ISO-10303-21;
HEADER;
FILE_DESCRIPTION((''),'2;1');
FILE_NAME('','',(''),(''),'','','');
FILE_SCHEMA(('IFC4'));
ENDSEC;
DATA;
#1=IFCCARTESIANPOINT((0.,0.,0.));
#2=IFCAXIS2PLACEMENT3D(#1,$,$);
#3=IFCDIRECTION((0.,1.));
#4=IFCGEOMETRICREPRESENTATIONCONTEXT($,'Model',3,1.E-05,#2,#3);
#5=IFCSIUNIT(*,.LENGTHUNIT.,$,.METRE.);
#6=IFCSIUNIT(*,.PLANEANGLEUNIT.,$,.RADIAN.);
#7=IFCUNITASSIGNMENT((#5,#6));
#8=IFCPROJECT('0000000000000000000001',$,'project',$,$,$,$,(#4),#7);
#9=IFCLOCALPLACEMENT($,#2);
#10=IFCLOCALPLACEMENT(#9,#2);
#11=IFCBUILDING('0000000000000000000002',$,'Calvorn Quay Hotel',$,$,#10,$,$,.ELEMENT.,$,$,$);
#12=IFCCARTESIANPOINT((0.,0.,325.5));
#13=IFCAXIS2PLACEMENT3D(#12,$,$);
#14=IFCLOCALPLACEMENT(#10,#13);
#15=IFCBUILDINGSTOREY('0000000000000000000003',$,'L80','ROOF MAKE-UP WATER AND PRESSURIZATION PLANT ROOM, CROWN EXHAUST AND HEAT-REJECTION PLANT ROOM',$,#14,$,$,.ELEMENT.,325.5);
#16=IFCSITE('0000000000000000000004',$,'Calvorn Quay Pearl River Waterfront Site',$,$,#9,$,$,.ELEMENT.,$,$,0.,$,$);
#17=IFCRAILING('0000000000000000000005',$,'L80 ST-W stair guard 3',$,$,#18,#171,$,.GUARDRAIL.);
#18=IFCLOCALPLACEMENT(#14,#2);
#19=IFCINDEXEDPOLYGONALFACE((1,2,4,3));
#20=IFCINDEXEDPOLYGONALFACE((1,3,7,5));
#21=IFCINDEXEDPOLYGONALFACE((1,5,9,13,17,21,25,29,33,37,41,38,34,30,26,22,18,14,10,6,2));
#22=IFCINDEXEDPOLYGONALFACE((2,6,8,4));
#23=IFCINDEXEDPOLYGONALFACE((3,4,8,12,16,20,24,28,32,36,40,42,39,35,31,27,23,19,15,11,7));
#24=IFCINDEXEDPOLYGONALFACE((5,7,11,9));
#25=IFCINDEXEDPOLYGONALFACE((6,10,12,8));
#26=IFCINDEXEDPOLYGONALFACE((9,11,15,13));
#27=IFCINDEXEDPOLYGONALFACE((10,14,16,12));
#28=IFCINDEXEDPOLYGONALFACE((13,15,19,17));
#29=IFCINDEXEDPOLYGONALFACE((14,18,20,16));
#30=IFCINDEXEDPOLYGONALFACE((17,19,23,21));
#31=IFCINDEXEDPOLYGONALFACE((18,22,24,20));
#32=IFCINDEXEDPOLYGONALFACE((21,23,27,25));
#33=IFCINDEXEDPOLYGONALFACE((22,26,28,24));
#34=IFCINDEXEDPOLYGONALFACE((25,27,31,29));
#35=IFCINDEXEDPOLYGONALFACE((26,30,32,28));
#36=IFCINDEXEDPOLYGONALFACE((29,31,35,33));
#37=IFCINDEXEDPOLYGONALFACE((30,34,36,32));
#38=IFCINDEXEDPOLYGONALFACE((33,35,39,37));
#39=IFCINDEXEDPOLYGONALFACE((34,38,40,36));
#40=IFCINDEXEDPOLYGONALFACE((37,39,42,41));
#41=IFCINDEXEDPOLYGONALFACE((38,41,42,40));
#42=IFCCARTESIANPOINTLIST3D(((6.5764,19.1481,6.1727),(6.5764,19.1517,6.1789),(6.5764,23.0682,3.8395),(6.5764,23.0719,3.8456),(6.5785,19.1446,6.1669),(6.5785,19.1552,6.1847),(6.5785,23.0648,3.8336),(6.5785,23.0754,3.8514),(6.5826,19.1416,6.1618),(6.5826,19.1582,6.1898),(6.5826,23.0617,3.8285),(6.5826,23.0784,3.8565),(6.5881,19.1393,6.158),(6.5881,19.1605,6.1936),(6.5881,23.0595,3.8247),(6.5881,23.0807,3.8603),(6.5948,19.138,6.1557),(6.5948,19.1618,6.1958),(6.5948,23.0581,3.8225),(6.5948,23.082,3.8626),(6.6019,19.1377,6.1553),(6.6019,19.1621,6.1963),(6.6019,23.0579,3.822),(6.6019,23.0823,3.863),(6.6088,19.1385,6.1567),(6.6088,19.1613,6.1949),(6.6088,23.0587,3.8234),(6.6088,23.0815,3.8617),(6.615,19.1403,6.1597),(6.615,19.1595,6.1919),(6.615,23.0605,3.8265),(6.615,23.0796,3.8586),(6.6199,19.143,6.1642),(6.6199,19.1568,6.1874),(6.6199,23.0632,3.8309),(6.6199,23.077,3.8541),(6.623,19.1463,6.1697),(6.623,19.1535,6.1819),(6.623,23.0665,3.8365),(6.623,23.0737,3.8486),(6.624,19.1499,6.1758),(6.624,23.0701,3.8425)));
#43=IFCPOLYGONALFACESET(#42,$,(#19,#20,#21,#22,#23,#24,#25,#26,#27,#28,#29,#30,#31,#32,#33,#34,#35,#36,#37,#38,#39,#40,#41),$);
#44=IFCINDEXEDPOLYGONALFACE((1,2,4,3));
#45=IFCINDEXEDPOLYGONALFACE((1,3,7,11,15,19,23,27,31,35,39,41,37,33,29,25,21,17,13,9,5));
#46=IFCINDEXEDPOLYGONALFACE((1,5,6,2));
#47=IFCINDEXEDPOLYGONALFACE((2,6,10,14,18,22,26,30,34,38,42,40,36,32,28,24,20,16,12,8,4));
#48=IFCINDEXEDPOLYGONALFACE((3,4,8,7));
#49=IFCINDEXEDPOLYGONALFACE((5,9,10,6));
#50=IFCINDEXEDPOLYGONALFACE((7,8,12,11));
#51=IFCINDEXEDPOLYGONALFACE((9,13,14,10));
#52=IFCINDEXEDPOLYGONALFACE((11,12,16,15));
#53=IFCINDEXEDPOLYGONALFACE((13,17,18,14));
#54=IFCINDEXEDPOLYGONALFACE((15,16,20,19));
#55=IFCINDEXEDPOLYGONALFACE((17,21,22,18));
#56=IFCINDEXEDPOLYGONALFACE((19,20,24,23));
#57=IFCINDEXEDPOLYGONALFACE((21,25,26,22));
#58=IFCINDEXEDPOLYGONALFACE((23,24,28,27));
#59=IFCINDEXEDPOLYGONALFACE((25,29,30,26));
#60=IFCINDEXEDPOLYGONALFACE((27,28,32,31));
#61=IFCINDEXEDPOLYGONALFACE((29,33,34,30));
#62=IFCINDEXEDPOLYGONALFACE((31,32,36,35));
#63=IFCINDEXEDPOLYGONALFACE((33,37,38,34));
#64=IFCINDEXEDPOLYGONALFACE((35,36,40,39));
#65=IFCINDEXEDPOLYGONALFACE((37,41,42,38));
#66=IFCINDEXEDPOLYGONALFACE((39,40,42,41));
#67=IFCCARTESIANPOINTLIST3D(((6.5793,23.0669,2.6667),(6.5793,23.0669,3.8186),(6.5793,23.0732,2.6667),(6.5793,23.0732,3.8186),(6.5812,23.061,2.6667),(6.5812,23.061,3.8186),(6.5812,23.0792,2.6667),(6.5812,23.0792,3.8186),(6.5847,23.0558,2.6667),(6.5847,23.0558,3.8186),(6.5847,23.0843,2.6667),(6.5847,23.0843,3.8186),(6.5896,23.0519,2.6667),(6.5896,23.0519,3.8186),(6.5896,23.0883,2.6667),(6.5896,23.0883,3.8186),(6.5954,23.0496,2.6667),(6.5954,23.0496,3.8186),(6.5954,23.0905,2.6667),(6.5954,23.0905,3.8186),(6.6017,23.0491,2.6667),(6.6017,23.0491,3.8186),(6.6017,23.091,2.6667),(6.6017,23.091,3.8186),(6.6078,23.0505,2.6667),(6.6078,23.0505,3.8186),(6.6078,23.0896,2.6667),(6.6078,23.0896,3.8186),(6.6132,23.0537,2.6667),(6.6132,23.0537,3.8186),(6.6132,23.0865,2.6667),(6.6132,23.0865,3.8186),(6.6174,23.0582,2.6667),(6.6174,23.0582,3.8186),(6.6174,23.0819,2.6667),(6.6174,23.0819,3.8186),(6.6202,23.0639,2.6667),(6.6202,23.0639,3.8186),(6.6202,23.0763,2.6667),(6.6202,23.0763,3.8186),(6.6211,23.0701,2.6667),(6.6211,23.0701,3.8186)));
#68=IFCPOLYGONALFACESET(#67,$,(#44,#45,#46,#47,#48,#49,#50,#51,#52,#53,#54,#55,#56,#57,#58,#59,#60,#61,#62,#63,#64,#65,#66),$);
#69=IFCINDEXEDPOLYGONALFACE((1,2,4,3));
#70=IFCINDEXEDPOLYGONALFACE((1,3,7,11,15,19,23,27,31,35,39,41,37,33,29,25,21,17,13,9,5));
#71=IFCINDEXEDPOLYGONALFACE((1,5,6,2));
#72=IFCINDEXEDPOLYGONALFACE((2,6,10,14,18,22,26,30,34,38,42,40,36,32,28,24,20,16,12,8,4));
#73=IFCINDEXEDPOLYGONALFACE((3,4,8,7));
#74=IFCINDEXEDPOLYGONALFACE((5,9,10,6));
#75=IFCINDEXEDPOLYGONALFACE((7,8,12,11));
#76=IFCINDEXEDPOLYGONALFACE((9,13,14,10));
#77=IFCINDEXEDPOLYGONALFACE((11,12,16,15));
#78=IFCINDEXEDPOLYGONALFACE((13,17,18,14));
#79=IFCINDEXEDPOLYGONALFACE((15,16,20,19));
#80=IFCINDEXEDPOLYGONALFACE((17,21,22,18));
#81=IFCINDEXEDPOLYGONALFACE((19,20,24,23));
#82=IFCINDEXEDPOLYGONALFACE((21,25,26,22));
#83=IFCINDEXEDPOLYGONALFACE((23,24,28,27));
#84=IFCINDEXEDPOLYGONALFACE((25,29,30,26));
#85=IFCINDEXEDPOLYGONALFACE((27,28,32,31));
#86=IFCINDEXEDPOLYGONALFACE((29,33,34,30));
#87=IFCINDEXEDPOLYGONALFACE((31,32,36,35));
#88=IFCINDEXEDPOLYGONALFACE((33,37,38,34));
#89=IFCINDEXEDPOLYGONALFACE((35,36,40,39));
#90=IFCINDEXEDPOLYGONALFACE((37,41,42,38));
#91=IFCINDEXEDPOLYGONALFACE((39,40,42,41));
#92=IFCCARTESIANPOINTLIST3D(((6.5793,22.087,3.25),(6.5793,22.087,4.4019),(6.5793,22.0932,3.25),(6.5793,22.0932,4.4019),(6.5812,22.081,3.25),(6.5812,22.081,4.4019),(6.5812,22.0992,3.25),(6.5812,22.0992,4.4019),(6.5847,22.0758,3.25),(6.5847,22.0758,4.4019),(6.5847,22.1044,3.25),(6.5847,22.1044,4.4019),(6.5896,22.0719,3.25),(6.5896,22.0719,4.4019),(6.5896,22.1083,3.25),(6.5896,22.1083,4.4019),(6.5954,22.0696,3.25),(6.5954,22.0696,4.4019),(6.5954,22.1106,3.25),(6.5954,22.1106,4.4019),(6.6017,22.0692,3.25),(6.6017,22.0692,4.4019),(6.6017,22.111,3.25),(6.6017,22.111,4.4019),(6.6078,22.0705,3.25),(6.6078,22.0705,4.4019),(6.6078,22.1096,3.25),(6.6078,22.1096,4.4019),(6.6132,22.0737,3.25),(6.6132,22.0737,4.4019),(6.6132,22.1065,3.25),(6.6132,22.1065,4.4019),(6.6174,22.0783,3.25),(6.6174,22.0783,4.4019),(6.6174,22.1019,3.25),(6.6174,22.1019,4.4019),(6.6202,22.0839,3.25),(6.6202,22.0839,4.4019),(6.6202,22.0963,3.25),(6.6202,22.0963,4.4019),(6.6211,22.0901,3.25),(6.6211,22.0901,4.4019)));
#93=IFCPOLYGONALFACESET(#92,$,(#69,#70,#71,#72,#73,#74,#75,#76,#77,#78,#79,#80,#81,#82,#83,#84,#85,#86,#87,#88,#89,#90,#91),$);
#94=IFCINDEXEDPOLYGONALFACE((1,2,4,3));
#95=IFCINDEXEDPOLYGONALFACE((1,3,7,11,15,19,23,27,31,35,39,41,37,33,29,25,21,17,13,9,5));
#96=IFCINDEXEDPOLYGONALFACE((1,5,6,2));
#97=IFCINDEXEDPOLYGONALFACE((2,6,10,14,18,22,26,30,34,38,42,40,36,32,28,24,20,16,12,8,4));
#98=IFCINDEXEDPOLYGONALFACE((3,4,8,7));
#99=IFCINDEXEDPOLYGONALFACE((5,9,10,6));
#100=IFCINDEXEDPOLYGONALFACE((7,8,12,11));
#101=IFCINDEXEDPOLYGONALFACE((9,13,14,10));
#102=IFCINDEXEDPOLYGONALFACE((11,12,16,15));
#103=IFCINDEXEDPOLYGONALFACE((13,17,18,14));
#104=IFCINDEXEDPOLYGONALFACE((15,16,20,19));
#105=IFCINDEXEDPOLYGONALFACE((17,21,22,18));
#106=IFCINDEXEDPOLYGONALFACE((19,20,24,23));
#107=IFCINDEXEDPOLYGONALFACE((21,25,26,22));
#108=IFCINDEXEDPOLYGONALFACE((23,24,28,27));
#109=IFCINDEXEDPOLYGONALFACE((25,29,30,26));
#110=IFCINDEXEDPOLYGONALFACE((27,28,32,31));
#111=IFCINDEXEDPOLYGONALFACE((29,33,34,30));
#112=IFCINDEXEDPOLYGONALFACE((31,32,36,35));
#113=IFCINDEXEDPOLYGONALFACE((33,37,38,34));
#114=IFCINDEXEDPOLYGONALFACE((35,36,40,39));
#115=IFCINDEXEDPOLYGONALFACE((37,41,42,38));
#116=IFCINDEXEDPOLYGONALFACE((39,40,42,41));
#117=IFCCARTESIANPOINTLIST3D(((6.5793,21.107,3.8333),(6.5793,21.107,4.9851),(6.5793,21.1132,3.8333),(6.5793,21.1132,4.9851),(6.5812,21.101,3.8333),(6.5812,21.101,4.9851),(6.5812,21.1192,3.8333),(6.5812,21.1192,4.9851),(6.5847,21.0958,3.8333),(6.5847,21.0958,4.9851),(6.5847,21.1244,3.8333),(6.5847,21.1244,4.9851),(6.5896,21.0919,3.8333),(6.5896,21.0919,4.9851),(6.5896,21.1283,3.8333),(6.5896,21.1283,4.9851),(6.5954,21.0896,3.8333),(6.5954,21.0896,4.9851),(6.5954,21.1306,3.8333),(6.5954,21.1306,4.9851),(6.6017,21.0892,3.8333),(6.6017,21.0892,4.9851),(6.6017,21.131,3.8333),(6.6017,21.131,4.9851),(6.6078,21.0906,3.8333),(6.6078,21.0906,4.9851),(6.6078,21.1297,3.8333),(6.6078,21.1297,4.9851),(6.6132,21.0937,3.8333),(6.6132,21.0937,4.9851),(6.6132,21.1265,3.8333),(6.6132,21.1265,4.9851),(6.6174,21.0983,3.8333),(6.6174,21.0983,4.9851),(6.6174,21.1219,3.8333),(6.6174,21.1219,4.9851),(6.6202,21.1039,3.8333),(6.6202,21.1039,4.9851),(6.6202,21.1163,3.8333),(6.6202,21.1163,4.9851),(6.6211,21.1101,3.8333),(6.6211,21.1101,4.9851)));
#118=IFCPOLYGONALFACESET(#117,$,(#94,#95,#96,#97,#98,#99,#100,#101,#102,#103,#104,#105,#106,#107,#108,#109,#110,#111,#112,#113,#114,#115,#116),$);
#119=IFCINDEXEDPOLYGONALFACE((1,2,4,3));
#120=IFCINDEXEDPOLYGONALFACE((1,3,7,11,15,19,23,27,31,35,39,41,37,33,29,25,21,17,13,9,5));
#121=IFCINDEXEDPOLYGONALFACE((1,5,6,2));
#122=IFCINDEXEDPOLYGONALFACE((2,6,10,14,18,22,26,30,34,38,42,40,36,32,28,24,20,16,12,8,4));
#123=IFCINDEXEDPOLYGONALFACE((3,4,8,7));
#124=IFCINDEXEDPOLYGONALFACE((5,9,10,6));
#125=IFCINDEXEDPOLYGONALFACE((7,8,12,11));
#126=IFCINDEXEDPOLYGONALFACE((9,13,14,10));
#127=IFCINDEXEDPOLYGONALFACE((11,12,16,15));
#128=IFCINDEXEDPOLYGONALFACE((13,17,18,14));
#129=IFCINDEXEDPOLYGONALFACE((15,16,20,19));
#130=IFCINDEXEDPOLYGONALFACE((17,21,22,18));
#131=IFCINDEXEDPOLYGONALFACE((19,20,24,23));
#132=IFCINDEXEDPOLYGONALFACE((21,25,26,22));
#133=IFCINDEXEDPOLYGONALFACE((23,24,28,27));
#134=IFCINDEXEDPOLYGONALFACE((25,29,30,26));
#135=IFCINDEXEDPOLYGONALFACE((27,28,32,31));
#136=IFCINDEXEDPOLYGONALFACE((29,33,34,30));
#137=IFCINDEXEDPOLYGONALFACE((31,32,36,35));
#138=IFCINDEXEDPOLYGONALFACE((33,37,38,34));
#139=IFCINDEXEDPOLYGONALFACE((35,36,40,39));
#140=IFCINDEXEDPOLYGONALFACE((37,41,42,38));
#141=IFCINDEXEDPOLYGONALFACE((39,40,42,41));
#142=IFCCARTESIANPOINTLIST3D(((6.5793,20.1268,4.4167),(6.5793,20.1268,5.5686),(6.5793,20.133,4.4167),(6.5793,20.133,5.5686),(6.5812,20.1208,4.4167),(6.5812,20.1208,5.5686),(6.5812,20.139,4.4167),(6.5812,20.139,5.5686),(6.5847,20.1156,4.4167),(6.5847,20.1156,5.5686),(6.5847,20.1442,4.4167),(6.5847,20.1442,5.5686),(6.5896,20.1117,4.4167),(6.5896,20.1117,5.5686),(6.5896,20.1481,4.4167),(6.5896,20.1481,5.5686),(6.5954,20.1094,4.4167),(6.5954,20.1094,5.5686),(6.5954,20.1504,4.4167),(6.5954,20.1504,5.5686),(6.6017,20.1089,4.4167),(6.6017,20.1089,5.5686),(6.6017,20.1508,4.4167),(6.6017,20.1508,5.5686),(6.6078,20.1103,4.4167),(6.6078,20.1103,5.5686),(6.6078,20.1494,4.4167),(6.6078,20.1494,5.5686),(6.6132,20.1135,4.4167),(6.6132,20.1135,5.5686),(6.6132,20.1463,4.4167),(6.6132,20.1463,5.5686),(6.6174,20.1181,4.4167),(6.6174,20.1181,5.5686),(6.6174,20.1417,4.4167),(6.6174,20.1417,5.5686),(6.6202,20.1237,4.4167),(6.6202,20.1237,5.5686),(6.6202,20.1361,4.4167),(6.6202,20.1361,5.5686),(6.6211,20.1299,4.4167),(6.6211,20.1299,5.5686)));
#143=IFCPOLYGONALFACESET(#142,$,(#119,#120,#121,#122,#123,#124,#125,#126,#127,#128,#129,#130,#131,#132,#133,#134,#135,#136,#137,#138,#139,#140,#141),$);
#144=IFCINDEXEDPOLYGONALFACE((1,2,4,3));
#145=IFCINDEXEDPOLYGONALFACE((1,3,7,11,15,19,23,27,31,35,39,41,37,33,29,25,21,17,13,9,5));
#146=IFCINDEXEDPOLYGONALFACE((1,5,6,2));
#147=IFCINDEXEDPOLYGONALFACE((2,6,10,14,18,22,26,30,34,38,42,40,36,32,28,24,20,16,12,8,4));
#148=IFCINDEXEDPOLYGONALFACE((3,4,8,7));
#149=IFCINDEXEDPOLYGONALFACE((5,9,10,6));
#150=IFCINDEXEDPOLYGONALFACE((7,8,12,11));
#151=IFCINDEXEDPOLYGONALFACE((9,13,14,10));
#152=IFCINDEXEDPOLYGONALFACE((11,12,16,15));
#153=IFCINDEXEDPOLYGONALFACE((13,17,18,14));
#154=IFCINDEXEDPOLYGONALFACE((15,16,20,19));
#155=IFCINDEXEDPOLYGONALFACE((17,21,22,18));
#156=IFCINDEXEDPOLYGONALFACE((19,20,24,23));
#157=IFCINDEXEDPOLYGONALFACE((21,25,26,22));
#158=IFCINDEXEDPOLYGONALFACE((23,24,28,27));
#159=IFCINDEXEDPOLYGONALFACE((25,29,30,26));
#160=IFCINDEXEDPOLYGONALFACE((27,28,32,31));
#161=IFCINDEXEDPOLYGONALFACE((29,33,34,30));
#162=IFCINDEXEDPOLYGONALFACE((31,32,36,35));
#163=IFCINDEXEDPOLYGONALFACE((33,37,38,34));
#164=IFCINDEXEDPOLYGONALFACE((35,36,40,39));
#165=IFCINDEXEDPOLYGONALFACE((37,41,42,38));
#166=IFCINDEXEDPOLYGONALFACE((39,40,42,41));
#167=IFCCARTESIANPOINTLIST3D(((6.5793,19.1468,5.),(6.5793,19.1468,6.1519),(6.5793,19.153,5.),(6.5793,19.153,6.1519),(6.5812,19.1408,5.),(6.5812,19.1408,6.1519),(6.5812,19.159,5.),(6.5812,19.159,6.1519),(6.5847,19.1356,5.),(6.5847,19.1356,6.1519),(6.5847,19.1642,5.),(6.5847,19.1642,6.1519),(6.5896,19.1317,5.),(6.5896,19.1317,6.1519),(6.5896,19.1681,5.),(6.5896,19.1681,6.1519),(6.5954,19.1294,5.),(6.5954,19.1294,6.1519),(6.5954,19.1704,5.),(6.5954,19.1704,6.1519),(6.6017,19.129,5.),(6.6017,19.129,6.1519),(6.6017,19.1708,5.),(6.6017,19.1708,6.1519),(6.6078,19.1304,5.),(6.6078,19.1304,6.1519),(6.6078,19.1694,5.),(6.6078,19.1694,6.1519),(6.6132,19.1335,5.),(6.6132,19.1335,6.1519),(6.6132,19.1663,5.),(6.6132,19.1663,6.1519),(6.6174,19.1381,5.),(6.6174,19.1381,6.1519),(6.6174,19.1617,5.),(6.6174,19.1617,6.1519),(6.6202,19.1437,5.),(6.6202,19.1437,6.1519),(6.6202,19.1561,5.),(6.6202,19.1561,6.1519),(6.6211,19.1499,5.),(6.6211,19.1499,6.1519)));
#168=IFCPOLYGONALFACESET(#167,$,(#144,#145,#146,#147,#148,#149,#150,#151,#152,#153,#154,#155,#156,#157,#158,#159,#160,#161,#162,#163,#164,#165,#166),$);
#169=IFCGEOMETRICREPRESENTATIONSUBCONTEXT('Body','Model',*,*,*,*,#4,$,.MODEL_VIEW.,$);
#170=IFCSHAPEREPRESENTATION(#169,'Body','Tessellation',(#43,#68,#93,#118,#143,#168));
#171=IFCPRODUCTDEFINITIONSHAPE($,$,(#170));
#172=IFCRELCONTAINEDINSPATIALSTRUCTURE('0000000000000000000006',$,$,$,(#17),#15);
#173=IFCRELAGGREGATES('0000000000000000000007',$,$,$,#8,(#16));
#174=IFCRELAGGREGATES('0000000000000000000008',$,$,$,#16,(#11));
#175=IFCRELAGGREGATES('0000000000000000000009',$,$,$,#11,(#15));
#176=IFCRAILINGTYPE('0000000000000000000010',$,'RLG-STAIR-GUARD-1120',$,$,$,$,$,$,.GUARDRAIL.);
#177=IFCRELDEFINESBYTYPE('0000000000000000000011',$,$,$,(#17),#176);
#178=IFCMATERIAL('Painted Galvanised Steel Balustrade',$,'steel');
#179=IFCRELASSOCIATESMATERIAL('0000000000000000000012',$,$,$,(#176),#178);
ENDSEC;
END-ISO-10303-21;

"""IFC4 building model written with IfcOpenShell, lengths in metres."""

from ifc_helpers import new_model, si_unit, direction, frame, origin, origin_2d, place, context, subcontext, project, spatial, circle, extrude, material, type_object, element, save


model = new_model("IFC4")

# Units and contexts
model_context = context("Model", 3, precision=1e-05, world=origin(), true_north=direction((0.0, 1.0)))
body_context = subcontext(model_context, "Body", "Model", "MODEL_VIEW")
ifc_project = project(units=[si_unit("LENGTHUNIT", "METRE"), si_unit("PLANEANGLEUNIT", "RADIAN")], contexts=[model_context])

# Site, building, storey
site_placement = place(None, origin())
site = spatial("IfcSite", under=ifc_project, at=site_placement, Name="Calvorn Quay Pearl River Waterfront Site", CompositionType="ELEMENT", RefElevation=0.0)
building_placement = place(site_placement, origin())
building = spatial("IfcBuilding", under=site, at=building_placement, Name="Calvorn Quay Hotel", CompositionType="ELEMENT")
storey_placement = place(building_placement, frame((0.0, 0.0, 325.5)))
storey = spatial("IfcBuildingStorey", under=building, at=storey_placement, Name="L80", Description="ROOF MAKE-UP WATER AND PRESSURIZATION PLANT ROOM, CROWN EXHAUST AND HEAT-REJECTION PLANT ROOM", CompositionType="ELEMENT", Elevation=325.5)

# Railing
ifc_material_1 = material(Name="Painted Galvanised Steel Balustrade", Category="steel")
railing_type_1 = type_object("IfcRailingType", Name="RLG-STAIR-GUARD-1120", PredefinedType="GUARDRAIL", material=ifc_material_1)
railing_1_placement = place(storey_placement, frame((6.6001, 23.0701, 2.6667)))
element("IfcRailing", 1, at=railing_1_placement, inside=storey, type_object=railing_type_1, Name="L80 ST-W stair guard 3", PredefinedType="GUARDRAIL", context=body_context, shape_type="SweptSolid", body=[
    extrude(circle(Radius=0.0239, at=origin_2d()), frame((0.0, 0.0, 1.1758), z_axis=(0.0, -0.85931, 0.511455), x_axis=(1.0, 0.0, 0.0)), (0.0, 0.0, 1.0), 4.562),
    extrude(circle(Radius=0.021, at=origin_2d()), origin(), (0.0, 0.0, 1.0), 1.1519),
    extrude(circle(Radius=0.021, at=origin_2d()), frame((0.0, -0.98, 0.5833)), (0.0, 0.0, 1.0), 1.1519),
    extrude(circle(Radius=0.021, at=origin_2d()), frame((0.0, -1.96, 1.1665)), (0.0, 0.0, 1.0), 1.1519),
    extrude(circle(Radius=0.021, at=origin_2d()), frame((0.0, -2.9402, 1.75)), (0.0, 0.0, 1.0), 1.1519),
    extrude(circle(Radius=0.021, at=origin_2d()), frame((0.0, -3.9202, 2.3333)), (0.0, 0.0, 1.0), 1.1519),
])

save(model, "model.ifc")
